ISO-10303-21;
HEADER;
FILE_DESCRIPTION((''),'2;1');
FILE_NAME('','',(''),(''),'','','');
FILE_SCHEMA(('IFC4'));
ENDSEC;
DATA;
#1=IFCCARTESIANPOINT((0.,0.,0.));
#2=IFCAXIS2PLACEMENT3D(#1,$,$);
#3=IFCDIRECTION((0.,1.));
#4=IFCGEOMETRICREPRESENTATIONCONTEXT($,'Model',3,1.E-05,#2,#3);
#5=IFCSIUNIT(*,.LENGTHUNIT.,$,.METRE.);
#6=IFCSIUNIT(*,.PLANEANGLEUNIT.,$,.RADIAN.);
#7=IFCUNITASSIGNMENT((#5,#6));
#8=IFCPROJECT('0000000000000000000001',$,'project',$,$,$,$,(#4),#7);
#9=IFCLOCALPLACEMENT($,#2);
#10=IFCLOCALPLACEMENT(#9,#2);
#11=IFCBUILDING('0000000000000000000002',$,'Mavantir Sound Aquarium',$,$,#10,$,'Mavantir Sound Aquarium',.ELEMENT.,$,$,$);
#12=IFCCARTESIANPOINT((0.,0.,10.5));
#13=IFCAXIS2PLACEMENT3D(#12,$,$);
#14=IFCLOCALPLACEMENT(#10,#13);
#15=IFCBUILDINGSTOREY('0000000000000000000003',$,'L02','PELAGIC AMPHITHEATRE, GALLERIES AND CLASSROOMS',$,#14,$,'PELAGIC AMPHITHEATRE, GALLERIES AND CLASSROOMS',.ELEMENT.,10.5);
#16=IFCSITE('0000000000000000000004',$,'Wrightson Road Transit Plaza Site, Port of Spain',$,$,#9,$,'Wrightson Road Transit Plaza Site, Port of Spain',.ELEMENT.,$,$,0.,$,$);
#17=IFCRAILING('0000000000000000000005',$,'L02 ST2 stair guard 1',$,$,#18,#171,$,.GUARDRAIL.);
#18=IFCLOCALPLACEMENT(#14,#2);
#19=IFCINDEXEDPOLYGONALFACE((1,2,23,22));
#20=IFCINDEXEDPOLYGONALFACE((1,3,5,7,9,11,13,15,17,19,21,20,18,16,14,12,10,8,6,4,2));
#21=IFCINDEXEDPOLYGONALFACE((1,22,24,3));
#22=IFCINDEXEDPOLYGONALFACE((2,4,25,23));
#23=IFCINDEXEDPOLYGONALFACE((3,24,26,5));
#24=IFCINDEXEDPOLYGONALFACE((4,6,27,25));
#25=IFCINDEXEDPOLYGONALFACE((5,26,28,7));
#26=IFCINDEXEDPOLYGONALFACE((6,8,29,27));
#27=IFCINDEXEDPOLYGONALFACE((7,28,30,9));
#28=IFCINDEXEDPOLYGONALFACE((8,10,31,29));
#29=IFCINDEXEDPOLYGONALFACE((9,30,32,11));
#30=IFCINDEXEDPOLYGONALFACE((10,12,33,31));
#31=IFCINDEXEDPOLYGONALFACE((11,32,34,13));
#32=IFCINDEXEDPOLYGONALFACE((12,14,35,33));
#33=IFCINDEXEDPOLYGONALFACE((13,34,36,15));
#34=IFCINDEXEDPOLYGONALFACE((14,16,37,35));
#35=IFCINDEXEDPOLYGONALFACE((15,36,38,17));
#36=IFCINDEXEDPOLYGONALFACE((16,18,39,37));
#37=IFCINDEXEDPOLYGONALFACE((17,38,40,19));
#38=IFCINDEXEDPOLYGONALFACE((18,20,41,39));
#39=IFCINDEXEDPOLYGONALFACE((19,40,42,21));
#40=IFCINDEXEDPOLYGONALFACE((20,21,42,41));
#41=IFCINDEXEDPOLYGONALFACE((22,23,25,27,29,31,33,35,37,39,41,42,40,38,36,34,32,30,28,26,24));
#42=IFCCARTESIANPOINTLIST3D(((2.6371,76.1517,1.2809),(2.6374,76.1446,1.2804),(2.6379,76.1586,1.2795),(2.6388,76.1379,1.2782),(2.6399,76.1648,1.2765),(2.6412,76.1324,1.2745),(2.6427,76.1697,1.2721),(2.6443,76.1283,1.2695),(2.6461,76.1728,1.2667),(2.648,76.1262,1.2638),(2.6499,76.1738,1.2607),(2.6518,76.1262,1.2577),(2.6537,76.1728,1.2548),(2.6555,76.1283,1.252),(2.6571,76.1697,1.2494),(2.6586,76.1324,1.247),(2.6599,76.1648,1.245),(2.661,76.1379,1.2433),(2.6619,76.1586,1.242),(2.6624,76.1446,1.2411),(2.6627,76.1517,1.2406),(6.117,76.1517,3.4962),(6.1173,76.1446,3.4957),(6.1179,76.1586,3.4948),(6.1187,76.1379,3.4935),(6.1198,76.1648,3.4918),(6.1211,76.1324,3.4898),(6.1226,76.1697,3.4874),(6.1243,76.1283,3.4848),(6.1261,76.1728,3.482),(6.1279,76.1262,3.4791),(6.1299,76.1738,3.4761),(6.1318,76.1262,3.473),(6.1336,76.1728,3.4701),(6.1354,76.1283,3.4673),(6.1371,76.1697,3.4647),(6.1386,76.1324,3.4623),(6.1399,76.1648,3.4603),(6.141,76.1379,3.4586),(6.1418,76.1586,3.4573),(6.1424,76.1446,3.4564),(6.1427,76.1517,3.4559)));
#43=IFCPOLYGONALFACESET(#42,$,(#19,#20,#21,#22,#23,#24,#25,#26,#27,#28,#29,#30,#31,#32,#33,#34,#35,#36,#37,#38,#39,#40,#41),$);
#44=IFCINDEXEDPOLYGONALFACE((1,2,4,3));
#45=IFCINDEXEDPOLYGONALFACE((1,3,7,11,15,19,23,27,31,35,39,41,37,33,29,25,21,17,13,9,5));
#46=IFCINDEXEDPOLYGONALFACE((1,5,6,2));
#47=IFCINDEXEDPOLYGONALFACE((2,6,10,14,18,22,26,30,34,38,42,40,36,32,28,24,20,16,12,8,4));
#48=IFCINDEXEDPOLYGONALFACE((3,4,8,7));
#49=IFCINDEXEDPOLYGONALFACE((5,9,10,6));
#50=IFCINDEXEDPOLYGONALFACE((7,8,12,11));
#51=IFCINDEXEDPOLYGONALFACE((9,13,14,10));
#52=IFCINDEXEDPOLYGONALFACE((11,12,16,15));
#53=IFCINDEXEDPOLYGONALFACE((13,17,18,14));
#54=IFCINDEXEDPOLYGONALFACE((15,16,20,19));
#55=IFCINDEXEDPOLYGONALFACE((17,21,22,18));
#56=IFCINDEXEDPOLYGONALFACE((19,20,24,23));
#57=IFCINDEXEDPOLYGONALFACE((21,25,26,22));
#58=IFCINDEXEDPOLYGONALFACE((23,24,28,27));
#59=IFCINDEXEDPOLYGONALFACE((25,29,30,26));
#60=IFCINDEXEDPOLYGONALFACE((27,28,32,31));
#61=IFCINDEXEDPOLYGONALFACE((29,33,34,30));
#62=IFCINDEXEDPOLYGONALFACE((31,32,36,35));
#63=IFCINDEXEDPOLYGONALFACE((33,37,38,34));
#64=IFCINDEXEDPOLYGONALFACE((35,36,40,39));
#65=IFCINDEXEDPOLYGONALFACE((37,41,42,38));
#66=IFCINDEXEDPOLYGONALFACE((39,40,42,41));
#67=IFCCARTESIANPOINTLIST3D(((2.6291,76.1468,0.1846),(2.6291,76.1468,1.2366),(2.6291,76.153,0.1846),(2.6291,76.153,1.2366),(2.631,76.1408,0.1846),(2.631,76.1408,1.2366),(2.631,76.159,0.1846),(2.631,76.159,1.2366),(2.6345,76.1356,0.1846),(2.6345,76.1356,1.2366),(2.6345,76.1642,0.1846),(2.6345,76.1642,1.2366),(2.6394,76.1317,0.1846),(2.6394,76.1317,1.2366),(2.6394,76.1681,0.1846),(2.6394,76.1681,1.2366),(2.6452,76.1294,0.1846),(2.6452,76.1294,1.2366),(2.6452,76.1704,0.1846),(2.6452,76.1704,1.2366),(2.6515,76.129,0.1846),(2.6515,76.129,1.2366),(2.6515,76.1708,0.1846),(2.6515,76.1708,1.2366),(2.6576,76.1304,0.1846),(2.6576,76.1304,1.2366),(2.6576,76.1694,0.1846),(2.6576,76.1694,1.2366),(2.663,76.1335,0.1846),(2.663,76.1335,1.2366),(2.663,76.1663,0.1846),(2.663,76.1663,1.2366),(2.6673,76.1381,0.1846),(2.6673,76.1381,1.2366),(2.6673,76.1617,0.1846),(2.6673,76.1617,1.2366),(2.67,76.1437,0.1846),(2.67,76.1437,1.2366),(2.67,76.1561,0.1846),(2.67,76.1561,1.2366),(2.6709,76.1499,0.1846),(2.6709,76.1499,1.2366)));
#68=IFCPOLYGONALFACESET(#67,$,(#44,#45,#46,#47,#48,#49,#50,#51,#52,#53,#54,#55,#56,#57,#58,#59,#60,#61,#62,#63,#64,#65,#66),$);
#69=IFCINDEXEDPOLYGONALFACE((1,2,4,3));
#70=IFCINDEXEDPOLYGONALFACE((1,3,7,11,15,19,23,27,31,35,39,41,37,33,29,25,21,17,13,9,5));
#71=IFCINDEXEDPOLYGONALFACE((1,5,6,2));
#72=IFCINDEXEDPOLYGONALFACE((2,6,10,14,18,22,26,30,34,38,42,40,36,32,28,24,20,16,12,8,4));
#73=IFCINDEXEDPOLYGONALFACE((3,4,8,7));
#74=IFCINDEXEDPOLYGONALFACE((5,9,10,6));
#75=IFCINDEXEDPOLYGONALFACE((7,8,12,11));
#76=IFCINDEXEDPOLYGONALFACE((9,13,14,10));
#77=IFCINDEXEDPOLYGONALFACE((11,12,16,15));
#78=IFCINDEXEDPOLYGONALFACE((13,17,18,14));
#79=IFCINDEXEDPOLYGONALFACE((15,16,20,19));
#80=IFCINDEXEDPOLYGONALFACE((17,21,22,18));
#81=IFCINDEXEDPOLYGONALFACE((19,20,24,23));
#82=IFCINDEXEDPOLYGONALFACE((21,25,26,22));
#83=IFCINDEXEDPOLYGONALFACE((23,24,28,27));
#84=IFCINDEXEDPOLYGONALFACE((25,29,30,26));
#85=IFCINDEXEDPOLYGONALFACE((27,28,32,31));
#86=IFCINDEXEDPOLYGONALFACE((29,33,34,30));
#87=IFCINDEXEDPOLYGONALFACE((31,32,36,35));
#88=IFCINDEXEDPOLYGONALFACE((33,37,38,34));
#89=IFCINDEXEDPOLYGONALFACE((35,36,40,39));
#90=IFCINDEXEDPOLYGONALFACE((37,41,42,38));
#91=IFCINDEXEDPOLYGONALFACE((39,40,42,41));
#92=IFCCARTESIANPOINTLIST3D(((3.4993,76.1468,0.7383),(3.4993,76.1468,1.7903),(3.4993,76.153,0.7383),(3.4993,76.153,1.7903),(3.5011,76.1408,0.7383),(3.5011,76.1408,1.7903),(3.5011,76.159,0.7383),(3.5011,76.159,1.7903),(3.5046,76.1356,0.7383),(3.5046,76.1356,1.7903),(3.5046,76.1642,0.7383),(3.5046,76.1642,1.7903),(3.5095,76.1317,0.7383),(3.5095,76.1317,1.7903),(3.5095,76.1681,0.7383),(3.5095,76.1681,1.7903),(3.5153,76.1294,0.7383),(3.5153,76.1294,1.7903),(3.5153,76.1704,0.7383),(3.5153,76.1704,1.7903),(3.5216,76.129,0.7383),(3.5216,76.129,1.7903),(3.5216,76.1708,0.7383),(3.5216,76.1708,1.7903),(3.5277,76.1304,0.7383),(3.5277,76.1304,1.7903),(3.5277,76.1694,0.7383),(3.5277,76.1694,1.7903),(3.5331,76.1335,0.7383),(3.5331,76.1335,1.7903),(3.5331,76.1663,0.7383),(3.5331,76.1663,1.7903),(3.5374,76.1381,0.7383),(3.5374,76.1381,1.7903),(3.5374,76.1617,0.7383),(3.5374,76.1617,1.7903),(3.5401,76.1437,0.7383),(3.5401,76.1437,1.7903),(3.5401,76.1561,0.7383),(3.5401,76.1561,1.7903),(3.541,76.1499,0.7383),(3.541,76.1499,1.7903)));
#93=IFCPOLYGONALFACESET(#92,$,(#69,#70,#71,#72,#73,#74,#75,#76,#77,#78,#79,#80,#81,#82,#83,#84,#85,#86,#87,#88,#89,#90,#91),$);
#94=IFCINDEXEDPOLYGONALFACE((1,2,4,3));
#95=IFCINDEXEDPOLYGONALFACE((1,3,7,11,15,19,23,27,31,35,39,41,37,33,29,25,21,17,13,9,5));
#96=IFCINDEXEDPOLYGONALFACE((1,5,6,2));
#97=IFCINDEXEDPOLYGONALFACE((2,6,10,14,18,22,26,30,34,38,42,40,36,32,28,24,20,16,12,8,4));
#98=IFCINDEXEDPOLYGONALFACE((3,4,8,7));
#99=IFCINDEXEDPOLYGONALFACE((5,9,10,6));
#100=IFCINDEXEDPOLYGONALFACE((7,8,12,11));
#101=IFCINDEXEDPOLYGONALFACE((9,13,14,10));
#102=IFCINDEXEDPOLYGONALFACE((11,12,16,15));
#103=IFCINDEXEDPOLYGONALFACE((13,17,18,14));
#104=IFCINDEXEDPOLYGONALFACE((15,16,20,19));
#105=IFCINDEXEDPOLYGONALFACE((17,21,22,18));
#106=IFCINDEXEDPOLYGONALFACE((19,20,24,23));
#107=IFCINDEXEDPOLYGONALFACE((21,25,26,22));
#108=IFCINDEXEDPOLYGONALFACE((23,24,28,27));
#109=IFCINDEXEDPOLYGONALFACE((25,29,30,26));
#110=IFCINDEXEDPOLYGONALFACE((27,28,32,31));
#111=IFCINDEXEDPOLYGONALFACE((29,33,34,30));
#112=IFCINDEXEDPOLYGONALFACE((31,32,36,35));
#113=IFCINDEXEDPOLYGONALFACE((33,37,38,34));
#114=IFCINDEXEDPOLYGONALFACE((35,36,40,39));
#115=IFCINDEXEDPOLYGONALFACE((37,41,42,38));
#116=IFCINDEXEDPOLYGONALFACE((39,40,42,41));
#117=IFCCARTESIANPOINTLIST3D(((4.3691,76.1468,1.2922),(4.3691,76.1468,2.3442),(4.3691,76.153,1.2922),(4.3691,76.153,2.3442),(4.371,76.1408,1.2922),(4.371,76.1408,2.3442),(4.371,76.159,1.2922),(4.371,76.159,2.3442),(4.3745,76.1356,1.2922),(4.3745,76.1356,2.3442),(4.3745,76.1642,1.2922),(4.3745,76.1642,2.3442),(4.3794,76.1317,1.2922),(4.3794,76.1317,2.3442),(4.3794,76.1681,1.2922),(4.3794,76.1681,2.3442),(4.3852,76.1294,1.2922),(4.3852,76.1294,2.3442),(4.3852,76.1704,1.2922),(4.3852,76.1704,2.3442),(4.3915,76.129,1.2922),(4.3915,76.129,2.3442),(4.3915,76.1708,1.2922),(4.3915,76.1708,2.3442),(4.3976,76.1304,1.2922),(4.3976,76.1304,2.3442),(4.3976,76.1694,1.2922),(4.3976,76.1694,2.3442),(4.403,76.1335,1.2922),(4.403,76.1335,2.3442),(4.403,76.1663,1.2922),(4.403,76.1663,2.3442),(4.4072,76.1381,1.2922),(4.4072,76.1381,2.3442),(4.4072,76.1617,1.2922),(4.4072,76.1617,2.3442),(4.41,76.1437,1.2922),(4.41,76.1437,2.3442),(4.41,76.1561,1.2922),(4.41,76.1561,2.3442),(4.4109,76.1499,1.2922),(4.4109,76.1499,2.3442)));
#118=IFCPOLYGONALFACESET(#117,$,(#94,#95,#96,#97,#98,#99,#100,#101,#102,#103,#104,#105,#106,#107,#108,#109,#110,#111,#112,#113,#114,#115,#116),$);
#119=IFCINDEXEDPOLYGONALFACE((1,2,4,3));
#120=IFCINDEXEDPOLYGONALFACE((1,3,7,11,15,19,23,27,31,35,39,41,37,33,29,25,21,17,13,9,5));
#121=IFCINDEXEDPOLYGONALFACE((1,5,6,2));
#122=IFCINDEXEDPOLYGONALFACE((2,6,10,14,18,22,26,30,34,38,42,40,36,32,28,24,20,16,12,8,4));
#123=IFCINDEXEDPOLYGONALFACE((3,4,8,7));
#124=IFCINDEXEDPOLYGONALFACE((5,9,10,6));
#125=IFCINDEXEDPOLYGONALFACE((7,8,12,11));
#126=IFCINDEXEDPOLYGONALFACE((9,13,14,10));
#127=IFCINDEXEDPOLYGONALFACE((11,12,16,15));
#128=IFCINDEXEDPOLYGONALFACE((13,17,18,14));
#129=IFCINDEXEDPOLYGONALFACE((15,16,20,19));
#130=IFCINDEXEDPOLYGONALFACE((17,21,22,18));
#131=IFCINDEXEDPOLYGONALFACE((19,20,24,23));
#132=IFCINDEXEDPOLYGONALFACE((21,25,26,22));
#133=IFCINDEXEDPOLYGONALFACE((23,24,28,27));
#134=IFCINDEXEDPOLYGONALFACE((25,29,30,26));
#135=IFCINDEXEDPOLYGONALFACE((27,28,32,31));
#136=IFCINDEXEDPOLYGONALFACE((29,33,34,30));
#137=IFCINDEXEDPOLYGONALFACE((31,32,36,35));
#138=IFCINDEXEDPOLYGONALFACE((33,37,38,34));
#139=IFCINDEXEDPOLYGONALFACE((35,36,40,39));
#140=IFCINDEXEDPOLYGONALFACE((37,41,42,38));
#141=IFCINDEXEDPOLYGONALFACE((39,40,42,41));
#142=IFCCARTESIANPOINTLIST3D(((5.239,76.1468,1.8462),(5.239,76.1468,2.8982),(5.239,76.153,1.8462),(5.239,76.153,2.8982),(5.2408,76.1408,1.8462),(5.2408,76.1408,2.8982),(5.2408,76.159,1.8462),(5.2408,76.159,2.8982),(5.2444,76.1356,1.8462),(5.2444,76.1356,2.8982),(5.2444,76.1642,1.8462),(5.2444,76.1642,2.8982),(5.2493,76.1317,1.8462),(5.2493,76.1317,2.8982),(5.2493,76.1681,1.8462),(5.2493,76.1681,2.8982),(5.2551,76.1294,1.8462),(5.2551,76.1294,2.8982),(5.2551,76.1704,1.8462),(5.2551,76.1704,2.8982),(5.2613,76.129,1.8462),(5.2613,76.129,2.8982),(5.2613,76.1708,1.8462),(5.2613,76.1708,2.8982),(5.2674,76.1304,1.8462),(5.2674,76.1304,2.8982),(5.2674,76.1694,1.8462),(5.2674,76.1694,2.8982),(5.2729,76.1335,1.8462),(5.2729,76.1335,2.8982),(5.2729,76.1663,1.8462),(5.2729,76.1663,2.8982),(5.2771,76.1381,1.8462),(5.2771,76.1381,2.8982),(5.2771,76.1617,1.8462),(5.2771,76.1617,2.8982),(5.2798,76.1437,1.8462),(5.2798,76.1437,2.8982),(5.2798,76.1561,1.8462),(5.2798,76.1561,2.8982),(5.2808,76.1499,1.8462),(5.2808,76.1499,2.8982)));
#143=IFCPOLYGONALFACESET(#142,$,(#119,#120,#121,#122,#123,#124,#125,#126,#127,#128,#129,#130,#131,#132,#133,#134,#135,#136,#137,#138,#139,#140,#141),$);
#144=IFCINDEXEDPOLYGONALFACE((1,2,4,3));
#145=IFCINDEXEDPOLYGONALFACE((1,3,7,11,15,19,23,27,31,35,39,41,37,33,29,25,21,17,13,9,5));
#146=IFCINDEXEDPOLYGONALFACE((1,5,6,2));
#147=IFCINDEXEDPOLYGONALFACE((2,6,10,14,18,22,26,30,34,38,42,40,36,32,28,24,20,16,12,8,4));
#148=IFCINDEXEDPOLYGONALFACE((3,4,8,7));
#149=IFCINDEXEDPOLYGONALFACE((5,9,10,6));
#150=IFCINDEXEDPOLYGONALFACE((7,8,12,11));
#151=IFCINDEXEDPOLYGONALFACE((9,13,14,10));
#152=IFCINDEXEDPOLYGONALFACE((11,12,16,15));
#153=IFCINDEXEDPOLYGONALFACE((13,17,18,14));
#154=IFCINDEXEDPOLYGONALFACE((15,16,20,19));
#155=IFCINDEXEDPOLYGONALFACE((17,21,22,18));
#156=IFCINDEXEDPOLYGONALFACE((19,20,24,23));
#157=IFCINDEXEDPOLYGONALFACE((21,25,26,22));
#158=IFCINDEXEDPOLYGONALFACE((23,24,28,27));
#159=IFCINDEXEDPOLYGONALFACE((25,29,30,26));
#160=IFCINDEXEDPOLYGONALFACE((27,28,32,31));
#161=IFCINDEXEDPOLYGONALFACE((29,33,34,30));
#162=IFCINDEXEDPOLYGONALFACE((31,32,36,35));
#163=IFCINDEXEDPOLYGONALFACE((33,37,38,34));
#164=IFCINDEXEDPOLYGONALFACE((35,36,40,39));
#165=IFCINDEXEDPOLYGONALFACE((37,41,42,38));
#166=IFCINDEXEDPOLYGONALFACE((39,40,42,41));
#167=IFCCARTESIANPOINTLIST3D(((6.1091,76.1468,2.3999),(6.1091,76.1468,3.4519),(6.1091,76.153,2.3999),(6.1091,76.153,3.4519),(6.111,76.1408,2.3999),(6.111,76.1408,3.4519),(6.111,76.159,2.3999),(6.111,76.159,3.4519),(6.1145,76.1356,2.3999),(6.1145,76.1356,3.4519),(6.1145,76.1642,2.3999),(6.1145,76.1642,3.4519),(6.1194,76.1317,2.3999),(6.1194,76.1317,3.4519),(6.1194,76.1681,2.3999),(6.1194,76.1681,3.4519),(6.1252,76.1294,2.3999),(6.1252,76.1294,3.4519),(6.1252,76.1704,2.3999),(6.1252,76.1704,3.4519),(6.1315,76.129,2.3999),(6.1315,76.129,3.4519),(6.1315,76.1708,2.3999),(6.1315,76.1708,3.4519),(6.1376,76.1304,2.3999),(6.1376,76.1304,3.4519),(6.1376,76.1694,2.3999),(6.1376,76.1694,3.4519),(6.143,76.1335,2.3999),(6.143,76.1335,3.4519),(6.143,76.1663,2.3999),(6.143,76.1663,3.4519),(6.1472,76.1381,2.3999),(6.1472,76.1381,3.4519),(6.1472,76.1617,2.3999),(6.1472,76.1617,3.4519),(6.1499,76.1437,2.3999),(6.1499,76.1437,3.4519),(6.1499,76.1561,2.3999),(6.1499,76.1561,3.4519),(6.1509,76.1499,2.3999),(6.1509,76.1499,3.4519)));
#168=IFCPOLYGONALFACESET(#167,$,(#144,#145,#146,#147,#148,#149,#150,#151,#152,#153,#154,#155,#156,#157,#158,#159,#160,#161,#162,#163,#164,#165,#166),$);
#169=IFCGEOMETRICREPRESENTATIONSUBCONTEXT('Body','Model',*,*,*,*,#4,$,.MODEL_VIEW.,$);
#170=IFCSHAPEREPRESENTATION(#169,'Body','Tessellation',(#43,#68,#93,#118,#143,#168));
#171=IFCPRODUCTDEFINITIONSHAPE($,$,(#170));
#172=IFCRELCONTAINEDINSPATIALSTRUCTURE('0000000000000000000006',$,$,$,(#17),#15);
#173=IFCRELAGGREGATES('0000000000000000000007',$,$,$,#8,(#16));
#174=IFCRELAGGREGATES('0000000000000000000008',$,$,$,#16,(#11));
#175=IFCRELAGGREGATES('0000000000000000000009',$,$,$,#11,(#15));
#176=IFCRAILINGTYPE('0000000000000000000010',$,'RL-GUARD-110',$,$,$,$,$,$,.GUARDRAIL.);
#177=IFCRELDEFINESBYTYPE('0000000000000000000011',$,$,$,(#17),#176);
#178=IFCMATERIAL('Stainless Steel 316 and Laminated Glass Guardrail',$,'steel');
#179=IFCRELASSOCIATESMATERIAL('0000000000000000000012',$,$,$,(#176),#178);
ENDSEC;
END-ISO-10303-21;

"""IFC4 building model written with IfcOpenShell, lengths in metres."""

from ifc_helpers import new_model, si_unit, direction, frame, origin, origin_2d, place, context, subcontext, project, spatial, circle, extrude, material, type_object, element, save


model = new_model("IFC4")

# Units and contexts
model_context = context("Model", 3, precision=1e-05, world=origin(), true_north=direction((0.0, 1.0)))
body_context = subcontext(model_context, "Body", "Model", "MODEL_VIEW")
ifc_project = project(units=[si_unit("LENGTHUNIT", "METRE"), si_unit("PLANEANGLEUNIT", "RADIAN")], contexts=[model_context])

# Site, building, storey
site_placement = place(None, origin())
site = spatial("IfcSite", under=ifc_project, at=site_placement, Name="Wrightson Road Transit Plaza Site, Port of Spain", LongName="Wrightson Road Transit Plaza Site, Port of Spain", CompositionType="ELEMENT", RefElevation=0.0)
building_placement = place(site_placement, origin())
building = spatial("IfcBuilding", under=site, at=building_placement, Name="Mavantir Sound Aquarium", LongName="Mavantir Sound Aquarium", CompositionType="ELEMENT")
storey_placement = place(building_placement, frame((0.0, 0.0, 10.5)))
storey = spatial("IfcBuildingStorey", under=building, at=storey_placement, Name="L02", Description="PELAGIC AMPHITHEATRE, GALLERIES AND CLASSROOMS", LongName="PELAGIC AMPHITHEATRE, GALLERIES AND CLASSROOMS", CompositionType="ELEMENT", Elevation=10.5)

# Railing
ifc_material_1 = material(Name="Stainless Steel 316 and Laminated Glass Guardrail", Category="steel")
railing_type_1 = type_object("IfcRailingType", Name="RL-GUARD-110", PredefinedType="GUARDRAIL", material=ifc_material_1)
railing_1_placement = place(storey_placement, frame((2.6499, 76.1499, 0.1846)))
element("IfcRailing", 1, at=railing_1_placement, inside=storey, type_object=railing_type_1, Name="L02 ST2 stair guard 1", PredefinedType="GUARDRAIL", context=body_context, shape_type="SweptSolid", body=[
    extrude(circle(Radius=0.0239, at=origin_2d()), frame((0.0, 0.0, 1.0762), z_axis=(0.843574, 0.0, 0.537013), x_axis=(0.0, 1.0, 0.0)), (0.0, 0.0, 1.0), 4.1252),
    extrude(circle(Radius=0.021, at=origin_2d()), origin(), (0.0, 0.0, 1.0), 1.052),
    extrude(circle(Radius=0.021, at=origin_2d()), frame((0.8701, 0.0, 0.5537)), (0.0, 0.0, 1.0), 1.052),
    extrude(circle(Radius=0.021, at=origin_2d()), frame((1.74, 0.0, 1.1077)), (0.0, 0.0, 1.0), 1.052),
    extrude(circle(Radius=0.021, at=origin_2d()), frame((2.6099, 0.0, 1.6616)), (0.0, 0.0, 1.0), 1.052),
    extrude(circle(Radius=0.021, at=origin_2d()), frame((3.48, 0.0, 2.2153)), (0.0, 0.0, 1.0), 1.052),
])

save(model, "model.ifc")
